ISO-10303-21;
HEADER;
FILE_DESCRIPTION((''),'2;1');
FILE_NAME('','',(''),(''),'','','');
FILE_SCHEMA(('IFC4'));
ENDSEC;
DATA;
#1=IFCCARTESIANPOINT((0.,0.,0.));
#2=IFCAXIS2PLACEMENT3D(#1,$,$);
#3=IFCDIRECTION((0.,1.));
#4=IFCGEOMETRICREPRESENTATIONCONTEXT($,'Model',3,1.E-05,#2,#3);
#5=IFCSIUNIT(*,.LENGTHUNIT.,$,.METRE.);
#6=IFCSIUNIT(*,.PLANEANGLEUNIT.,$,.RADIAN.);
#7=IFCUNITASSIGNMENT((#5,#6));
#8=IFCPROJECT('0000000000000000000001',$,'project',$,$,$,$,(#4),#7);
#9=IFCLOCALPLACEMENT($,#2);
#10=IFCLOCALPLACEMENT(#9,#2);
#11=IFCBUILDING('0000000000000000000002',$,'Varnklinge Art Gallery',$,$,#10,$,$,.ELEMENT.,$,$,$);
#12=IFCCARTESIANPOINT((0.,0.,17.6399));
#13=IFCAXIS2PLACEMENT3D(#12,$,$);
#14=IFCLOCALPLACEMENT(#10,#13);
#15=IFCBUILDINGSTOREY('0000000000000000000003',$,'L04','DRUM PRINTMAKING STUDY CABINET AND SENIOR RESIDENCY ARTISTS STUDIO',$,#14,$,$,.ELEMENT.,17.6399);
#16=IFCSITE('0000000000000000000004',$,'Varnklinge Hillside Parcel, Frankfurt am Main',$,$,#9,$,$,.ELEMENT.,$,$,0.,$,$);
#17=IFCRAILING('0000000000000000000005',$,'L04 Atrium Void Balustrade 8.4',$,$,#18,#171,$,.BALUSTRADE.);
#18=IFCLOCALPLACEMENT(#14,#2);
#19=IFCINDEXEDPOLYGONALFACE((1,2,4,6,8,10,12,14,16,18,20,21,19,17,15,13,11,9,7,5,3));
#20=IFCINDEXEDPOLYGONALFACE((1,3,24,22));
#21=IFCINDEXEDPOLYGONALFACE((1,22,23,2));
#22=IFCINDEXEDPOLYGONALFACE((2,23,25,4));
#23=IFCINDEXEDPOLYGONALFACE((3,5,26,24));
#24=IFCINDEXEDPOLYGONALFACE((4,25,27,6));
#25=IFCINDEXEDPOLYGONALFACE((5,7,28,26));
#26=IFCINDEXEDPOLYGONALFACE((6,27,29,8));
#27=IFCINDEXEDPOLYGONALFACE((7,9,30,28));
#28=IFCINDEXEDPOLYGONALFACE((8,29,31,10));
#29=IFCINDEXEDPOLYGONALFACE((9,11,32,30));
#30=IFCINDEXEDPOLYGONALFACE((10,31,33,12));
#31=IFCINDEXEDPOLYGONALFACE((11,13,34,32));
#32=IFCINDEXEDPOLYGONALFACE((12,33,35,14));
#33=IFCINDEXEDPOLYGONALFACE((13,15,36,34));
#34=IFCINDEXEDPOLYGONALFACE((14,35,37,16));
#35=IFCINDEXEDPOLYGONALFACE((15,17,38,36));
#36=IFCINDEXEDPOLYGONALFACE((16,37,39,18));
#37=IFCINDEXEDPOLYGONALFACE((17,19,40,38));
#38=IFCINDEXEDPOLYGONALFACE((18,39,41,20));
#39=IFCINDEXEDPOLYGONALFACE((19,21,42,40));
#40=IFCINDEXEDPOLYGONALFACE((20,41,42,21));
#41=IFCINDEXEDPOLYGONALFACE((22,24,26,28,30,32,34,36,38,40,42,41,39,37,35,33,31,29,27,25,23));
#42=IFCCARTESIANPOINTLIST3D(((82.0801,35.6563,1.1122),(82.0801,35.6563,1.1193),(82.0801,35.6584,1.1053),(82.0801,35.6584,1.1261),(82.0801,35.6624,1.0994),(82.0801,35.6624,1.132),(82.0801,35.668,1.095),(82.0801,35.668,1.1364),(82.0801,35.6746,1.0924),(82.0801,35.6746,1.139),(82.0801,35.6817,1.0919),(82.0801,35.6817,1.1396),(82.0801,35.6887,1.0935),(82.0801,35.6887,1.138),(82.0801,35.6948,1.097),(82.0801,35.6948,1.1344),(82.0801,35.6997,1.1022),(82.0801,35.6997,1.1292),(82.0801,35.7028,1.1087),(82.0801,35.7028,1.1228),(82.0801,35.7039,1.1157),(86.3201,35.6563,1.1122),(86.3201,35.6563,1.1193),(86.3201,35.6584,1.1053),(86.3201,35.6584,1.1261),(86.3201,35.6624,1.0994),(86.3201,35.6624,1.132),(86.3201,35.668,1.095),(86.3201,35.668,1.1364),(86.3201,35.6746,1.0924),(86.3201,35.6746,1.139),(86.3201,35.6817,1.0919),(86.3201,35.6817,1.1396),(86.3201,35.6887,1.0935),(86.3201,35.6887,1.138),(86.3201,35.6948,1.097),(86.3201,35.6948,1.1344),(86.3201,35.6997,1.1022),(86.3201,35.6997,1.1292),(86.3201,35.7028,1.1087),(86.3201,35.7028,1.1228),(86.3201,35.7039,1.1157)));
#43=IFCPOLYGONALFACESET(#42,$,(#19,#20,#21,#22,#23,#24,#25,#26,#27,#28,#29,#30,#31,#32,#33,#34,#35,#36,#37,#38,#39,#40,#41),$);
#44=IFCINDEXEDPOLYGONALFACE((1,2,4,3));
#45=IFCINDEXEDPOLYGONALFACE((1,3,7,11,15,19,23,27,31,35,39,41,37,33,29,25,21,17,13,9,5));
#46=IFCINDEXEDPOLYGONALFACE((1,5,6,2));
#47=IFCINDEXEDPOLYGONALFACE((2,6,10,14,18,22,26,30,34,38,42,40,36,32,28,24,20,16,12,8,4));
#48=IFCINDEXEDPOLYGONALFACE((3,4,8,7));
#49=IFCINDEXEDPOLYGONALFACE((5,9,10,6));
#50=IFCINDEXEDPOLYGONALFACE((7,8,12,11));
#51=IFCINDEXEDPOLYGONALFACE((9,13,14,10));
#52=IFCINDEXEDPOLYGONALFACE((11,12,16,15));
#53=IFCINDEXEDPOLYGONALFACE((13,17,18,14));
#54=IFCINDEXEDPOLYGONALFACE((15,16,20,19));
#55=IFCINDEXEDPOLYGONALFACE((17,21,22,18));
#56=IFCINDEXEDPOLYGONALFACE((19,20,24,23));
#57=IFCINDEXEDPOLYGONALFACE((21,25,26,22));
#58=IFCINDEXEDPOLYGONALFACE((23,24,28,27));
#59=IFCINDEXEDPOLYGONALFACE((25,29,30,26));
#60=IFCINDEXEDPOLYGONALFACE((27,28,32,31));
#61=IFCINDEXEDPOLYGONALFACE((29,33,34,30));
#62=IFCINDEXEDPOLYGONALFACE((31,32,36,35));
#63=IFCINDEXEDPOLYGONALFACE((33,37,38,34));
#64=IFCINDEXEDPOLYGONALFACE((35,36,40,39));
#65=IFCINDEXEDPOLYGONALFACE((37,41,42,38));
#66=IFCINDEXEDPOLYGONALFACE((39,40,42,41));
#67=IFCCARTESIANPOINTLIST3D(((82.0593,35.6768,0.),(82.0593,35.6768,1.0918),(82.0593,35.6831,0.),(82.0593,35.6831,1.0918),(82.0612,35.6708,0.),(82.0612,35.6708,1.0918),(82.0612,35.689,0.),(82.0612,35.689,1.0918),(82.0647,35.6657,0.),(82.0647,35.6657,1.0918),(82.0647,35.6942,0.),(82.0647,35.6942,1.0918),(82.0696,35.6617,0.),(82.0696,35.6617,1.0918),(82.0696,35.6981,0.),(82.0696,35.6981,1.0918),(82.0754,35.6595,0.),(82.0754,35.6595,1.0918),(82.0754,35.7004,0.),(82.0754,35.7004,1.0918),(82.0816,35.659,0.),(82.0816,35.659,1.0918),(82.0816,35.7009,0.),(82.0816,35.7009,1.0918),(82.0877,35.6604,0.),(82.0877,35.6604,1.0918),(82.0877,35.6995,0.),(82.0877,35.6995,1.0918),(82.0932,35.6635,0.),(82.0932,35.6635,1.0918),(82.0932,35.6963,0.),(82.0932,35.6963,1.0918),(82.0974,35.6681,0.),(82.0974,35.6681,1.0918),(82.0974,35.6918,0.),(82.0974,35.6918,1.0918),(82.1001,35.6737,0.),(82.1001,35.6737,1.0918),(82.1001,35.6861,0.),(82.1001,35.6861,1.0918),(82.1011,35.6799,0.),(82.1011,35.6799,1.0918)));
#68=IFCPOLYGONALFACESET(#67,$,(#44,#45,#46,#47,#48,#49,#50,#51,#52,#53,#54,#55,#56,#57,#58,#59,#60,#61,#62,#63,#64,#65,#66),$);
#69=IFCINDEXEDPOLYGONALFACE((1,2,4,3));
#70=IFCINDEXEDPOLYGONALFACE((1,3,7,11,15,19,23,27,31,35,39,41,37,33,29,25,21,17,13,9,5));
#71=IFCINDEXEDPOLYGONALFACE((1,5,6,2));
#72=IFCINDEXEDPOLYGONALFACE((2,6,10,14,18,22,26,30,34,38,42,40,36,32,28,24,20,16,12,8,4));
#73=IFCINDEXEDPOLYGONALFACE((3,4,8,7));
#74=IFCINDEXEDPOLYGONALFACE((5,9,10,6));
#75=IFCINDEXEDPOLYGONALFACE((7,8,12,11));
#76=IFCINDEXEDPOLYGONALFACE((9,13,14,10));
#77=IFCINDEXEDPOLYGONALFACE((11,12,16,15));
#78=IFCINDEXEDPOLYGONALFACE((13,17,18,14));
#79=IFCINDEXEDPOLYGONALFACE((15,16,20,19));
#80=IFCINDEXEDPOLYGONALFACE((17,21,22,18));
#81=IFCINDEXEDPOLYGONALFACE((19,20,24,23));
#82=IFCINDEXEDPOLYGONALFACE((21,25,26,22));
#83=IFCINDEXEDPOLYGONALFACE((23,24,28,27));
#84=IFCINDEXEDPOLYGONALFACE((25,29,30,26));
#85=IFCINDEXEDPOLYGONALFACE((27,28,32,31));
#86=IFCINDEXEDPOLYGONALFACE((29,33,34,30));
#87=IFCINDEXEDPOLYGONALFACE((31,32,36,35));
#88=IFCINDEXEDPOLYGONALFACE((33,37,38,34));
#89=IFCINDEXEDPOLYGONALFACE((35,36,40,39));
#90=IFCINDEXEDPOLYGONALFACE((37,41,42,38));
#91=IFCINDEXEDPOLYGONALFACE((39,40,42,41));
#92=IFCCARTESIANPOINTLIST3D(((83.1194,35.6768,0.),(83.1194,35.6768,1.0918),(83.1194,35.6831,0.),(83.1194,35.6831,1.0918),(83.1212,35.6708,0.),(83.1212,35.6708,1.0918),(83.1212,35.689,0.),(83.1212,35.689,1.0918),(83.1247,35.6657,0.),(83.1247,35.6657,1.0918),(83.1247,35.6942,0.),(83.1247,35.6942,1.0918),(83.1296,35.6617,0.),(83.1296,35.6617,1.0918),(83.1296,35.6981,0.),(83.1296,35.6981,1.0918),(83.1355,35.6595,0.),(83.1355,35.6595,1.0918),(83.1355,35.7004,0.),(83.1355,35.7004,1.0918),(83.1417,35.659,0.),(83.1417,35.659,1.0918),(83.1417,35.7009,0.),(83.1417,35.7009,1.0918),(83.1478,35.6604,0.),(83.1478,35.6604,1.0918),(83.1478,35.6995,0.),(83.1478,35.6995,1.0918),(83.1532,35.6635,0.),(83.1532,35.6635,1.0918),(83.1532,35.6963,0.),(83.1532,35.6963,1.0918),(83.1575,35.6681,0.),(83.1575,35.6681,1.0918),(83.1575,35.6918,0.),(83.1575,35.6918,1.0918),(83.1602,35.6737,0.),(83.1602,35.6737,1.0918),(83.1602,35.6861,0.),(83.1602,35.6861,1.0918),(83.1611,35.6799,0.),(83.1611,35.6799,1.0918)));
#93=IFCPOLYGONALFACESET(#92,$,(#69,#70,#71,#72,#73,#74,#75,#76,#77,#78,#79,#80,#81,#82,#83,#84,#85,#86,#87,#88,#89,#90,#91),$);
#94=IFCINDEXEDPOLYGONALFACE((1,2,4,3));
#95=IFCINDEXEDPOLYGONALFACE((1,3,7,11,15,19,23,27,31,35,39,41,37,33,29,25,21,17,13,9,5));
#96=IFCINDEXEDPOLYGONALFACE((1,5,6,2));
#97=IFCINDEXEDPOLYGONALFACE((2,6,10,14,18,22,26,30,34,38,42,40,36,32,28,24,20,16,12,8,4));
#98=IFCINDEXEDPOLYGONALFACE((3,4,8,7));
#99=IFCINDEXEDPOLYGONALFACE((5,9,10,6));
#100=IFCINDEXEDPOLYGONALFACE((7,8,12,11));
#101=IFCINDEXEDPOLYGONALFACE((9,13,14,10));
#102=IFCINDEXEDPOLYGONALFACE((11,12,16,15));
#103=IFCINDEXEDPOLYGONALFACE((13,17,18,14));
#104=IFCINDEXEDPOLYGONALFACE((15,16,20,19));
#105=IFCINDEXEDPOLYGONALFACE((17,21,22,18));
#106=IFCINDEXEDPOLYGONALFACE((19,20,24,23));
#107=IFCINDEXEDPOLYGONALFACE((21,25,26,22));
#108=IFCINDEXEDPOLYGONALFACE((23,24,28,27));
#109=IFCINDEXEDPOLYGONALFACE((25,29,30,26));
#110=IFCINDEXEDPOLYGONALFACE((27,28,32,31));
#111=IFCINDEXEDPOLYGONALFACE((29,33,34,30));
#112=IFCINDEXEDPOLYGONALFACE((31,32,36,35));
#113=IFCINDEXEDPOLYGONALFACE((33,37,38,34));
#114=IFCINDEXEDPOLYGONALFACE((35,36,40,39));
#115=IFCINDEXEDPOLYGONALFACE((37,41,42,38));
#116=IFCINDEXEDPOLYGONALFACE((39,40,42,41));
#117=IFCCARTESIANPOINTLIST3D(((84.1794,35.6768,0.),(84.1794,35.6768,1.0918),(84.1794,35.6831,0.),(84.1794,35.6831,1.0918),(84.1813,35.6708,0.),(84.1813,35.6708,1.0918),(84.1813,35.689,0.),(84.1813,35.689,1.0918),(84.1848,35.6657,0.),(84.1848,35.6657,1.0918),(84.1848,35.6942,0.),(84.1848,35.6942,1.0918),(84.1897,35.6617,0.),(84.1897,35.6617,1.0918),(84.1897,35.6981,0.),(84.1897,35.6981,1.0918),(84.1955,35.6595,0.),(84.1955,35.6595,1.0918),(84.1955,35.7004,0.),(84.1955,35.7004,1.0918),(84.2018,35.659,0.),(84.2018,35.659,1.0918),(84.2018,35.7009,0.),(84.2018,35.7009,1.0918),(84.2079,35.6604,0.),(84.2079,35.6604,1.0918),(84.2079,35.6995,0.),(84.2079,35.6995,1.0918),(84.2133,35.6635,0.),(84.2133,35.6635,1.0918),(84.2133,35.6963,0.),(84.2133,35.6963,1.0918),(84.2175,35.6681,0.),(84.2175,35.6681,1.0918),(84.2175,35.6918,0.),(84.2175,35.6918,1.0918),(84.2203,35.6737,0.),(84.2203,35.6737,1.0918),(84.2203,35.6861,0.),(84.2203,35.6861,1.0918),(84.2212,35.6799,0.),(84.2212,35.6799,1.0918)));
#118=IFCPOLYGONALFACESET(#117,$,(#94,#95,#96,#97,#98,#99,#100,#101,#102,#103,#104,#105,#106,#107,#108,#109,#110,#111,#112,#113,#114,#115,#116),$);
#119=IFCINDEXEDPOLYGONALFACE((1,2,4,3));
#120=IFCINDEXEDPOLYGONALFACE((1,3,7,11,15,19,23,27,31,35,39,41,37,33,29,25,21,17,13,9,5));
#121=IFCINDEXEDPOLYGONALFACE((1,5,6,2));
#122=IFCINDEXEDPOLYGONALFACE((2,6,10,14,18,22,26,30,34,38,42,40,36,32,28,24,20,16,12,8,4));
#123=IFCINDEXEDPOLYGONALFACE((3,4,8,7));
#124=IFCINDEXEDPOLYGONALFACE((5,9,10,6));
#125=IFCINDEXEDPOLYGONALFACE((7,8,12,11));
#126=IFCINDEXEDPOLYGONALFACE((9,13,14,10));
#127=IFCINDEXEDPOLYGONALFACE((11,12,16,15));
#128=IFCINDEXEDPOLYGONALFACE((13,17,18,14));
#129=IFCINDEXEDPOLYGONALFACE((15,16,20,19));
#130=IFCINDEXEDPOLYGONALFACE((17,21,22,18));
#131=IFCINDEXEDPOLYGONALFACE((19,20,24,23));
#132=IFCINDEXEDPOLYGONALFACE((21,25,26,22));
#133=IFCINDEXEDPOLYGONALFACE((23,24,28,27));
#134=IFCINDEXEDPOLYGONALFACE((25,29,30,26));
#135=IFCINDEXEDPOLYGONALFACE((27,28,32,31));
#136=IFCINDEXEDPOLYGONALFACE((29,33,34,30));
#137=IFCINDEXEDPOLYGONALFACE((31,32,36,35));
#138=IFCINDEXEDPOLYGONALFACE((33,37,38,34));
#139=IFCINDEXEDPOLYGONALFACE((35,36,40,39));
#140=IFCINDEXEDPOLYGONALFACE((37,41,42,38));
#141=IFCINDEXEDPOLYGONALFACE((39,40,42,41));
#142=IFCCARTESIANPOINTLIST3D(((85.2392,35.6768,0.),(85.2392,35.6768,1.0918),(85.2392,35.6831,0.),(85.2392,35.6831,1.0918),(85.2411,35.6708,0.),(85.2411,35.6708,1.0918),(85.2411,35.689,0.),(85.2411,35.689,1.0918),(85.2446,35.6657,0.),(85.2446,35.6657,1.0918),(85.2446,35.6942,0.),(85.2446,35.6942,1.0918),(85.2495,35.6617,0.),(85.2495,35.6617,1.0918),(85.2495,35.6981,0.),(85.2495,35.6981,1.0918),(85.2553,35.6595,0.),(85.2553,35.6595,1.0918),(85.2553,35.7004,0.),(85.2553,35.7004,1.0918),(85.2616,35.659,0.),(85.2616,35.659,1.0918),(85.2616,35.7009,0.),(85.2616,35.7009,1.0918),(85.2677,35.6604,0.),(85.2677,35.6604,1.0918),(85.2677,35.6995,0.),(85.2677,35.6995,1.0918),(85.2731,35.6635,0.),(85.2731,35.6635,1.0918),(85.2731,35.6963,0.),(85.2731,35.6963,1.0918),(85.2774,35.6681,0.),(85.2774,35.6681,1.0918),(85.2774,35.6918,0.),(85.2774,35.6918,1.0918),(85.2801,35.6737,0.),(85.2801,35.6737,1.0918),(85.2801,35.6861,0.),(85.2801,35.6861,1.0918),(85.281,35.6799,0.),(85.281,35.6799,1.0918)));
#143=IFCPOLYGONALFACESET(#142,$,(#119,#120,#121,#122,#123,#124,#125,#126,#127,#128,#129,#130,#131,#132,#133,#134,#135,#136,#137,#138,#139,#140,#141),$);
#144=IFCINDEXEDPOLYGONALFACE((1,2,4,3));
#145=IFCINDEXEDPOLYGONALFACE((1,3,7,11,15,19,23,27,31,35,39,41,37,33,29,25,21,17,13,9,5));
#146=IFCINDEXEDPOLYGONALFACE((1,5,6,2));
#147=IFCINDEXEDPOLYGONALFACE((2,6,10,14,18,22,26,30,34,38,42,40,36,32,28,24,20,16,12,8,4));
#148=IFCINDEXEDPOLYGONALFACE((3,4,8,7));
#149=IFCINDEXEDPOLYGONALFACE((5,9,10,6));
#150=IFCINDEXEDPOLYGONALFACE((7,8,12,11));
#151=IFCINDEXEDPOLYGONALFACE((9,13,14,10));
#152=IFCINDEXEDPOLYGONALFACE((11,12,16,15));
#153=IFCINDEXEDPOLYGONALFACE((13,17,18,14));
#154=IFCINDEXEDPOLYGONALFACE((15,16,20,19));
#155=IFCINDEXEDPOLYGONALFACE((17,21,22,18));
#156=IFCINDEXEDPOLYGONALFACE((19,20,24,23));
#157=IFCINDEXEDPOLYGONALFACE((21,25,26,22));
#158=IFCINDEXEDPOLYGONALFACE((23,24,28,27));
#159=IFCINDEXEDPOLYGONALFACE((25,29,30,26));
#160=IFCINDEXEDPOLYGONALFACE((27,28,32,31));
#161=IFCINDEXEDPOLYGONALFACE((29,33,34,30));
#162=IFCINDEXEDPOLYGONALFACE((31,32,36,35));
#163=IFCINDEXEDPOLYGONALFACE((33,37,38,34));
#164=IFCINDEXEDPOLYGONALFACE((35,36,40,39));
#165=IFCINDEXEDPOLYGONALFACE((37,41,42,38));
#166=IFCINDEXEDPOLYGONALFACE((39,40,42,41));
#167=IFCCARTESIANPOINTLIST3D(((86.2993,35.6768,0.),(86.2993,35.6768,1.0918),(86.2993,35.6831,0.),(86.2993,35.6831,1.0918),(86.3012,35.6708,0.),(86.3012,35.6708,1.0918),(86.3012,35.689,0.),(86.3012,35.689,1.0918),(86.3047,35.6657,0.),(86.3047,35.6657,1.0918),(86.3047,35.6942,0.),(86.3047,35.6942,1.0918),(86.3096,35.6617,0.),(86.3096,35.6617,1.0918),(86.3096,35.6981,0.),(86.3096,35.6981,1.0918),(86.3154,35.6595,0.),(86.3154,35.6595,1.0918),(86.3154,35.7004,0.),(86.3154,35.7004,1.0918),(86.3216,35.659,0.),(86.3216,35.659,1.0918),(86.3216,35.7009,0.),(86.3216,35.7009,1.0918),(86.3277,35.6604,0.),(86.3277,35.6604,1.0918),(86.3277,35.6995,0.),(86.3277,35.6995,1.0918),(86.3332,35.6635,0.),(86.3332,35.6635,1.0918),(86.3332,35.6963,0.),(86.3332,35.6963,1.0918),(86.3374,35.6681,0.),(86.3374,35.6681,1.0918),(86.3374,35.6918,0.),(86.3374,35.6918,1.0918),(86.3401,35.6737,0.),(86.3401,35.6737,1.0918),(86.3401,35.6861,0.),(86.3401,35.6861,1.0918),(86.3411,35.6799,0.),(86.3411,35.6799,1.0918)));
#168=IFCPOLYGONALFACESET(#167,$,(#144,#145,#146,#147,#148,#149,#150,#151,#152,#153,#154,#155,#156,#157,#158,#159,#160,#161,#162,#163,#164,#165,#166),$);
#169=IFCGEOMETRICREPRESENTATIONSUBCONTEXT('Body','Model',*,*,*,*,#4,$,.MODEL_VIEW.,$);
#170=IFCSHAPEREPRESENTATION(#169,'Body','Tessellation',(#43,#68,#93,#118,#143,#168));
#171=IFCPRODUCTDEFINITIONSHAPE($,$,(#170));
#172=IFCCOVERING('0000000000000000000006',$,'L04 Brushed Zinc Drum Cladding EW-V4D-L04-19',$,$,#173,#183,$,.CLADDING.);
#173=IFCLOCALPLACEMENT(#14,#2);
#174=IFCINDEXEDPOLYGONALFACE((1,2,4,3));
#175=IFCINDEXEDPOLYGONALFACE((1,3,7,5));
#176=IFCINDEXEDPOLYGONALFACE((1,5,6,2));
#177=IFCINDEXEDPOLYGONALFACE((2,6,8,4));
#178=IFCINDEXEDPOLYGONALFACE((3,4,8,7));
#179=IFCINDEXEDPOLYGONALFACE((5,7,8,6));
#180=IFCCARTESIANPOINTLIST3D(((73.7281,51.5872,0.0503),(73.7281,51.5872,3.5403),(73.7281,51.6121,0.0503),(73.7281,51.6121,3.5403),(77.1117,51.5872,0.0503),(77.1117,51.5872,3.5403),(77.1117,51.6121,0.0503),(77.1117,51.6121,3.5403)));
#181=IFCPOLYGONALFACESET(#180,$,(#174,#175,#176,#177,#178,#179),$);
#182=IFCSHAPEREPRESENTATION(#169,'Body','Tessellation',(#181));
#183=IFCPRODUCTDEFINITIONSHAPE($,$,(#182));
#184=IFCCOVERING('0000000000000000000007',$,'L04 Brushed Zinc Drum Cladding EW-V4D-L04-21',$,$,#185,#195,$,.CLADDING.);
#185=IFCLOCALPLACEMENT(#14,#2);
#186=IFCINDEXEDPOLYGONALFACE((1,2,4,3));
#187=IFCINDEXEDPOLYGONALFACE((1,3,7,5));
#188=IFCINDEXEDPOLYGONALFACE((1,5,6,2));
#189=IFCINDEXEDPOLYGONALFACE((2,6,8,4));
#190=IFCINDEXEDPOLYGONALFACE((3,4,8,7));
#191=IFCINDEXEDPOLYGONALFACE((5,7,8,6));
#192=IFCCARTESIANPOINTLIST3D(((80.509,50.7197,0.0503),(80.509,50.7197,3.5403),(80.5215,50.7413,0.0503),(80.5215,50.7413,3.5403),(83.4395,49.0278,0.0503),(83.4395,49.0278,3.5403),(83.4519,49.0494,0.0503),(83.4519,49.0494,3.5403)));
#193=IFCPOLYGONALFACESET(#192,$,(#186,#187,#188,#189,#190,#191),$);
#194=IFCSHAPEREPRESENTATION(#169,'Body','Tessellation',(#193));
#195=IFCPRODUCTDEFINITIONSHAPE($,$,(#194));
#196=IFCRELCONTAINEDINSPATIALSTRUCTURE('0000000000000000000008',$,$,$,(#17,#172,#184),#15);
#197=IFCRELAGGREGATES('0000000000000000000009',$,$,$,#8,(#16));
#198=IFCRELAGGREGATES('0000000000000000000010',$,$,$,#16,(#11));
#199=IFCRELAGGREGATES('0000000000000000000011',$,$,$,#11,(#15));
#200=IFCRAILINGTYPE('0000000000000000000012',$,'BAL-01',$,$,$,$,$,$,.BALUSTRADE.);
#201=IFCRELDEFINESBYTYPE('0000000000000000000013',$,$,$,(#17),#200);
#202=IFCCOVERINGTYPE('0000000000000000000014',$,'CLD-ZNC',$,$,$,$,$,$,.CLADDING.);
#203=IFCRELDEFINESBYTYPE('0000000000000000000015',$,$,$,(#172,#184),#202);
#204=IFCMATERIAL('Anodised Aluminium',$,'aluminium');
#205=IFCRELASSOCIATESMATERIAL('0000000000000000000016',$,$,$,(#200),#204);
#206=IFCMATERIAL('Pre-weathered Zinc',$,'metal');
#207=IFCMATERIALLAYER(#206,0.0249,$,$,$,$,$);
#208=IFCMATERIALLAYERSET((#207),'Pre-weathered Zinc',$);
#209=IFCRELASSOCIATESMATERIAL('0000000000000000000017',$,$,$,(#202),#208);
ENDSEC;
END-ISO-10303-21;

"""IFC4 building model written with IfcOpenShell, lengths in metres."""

from ifc_helpers import new_model, si_unit, direction, frame, origin, origin_2d, place, context, subcontext, project, spatial, rectangle, circle, extrude, material, layer, layer_set, type_object, element, save


model = new_model("IFC4")

# Units and contexts
model_context = context("Model", 3, precision=1e-05, world=origin(), true_north=direction((0.0, 1.0)))
body_context = subcontext(model_context, "Body", "Model", "MODEL_VIEW")
ifc_project = project(units=[si_unit("LENGTHUNIT", "METRE"), si_unit("PLANEANGLEUNIT", "RADIAN")], contexts=[model_context])

# Site, building, storey
site_placement = place(None, origin())
site = spatial("IfcSite", under=ifc_project, at=site_placement, Name="Varnklinge Hillside Parcel, Frankfurt am Main", CompositionType="ELEMENT", RefElevation=0.0)
building_placement = place(site_placement, origin())
building = spatial("IfcBuilding", under=site, at=building_placement, Name="Varnklinge Art Gallery", CompositionType="ELEMENT")
storey_placement = place(building_placement, frame((0.0, 0.0, 17.6399)))
storey = spatial("IfcBuildingStorey", under=building, at=storey_placement, Name="L04", Description="DRUM PRINTMAKING STUDY CABINET AND SENIOR RESIDENCY ARTISTS STUDIO", CompositionType="ELEMENT", Elevation=17.6399)

# Railing
ifc_material_1 = material(Name="Anodised Aluminium", Category="aluminium")
railing_type_1 = type_object("IfcRailingType", Name="BAL-01", PredefinedType="BALUSTRADE", material=ifc_material_1)
railing_1_placement = place(storey_placement, frame((82.0801, 35.6799, 0.0)))
element("IfcRailing", 1, at=railing_1_placement, inside=storey, type_object=railing_type_1, Name="L04 Atrium Void Balustrade 8.4", PredefinedType="BALUSTRADE", context=body_context, shape_type="SweptSolid", body=[
    extrude(circle(Radius=0.0239, at=origin_2d()), frame((0.0, 0.0, 1.1157), z_axis=(1.0, 0.0, 0.0), x_axis=(0.0, 1.0, 0.0)), (0.0, 0.0, 1.0), 4.24),
    extrude(circle(Radius=0.021, at=origin_2d()), origin(), (0.0, 0.0, 1.0), 1.0918),
    extrude(circle(Radius=0.021, at=origin_2d()), frame((1.0601, 0.0, 0.0)), (0.0, 0.0, 1.0), 1.0918),
    extrude(circle(Radius=0.021, at=origin_2d()), frame((2.1201, 0.0, 0.0)), (0.0, 0.0, 1.0), 1.0918),
    extrude(circle(Radius=0.021, at=origin_2d()), frame((3.1799, 0.0, 0.0)), (0.0, 0.0, 1.0), 1.0918),
    extrude(circle(Radius=0.021, at=origin_2d()), frame((4.24, 0.0, 0.0)), (0.0, 0.0, 1.0), 1.0918),
])

# Coverings
ifc_material_2 = material(Name="Pre-weathered Zinc", Category="metal")
ifc_layer_1 = layer(ifc_material_2, 0.0249)
ifc_layer_set_1 = layer_set([ifc_layer_1], Name="Pre-weathered Zinc")
covering_type = type_object("IfcCoveringType", Name="CLD-ZNC", PredefinedType="CLADDING", material=ifc_layer_set_1)
covering_1_placement = place(storey_placement, frame((75.4199, 51.5996, 0.0503), z_axis=(0.0, 0.0, 1.0), x_axis=(1.0, 0.0, 0.0)))
element("IfcCovering", 2, at=covering_1_placement, inside=storey, type_object=covering_type, Name="L04 Brushed Zinc Drum Cladding EW-V4D-L04-19", PredefinedType="CLADDING", context=body_context, shape_type="SweptSolid", body=[
    extrude(rectangle(XDim=3.3835, YDim=0.0249, at=origin_2d()), origin(), (0.0, 0.0, 1.0), 3.49),
])
covering_2_placement = place(storey_placement, frame((81.9805, 49.8845, 0.0503), z_axis=(0.0, 0.0, 1.0), x_axis=(0.866025, -0.5, 0.0)))
element("IfcCovering", 3, at=covering_2_placement, inside=storey, type_object=covering_type, Name="L04 Brushed Zinc Drum Cladding EW-V4D-L04-21", PredefinedType="CLADDING", context=body_context, shape_type="SweptSolid", body=[
    extrude(rectangle(XDim=3.3838, YDim=0.0249, at=origin_2d()), origin(), (0.0, 0.0, 1.0), 3.49),
])

save(model, "model.ifc")
